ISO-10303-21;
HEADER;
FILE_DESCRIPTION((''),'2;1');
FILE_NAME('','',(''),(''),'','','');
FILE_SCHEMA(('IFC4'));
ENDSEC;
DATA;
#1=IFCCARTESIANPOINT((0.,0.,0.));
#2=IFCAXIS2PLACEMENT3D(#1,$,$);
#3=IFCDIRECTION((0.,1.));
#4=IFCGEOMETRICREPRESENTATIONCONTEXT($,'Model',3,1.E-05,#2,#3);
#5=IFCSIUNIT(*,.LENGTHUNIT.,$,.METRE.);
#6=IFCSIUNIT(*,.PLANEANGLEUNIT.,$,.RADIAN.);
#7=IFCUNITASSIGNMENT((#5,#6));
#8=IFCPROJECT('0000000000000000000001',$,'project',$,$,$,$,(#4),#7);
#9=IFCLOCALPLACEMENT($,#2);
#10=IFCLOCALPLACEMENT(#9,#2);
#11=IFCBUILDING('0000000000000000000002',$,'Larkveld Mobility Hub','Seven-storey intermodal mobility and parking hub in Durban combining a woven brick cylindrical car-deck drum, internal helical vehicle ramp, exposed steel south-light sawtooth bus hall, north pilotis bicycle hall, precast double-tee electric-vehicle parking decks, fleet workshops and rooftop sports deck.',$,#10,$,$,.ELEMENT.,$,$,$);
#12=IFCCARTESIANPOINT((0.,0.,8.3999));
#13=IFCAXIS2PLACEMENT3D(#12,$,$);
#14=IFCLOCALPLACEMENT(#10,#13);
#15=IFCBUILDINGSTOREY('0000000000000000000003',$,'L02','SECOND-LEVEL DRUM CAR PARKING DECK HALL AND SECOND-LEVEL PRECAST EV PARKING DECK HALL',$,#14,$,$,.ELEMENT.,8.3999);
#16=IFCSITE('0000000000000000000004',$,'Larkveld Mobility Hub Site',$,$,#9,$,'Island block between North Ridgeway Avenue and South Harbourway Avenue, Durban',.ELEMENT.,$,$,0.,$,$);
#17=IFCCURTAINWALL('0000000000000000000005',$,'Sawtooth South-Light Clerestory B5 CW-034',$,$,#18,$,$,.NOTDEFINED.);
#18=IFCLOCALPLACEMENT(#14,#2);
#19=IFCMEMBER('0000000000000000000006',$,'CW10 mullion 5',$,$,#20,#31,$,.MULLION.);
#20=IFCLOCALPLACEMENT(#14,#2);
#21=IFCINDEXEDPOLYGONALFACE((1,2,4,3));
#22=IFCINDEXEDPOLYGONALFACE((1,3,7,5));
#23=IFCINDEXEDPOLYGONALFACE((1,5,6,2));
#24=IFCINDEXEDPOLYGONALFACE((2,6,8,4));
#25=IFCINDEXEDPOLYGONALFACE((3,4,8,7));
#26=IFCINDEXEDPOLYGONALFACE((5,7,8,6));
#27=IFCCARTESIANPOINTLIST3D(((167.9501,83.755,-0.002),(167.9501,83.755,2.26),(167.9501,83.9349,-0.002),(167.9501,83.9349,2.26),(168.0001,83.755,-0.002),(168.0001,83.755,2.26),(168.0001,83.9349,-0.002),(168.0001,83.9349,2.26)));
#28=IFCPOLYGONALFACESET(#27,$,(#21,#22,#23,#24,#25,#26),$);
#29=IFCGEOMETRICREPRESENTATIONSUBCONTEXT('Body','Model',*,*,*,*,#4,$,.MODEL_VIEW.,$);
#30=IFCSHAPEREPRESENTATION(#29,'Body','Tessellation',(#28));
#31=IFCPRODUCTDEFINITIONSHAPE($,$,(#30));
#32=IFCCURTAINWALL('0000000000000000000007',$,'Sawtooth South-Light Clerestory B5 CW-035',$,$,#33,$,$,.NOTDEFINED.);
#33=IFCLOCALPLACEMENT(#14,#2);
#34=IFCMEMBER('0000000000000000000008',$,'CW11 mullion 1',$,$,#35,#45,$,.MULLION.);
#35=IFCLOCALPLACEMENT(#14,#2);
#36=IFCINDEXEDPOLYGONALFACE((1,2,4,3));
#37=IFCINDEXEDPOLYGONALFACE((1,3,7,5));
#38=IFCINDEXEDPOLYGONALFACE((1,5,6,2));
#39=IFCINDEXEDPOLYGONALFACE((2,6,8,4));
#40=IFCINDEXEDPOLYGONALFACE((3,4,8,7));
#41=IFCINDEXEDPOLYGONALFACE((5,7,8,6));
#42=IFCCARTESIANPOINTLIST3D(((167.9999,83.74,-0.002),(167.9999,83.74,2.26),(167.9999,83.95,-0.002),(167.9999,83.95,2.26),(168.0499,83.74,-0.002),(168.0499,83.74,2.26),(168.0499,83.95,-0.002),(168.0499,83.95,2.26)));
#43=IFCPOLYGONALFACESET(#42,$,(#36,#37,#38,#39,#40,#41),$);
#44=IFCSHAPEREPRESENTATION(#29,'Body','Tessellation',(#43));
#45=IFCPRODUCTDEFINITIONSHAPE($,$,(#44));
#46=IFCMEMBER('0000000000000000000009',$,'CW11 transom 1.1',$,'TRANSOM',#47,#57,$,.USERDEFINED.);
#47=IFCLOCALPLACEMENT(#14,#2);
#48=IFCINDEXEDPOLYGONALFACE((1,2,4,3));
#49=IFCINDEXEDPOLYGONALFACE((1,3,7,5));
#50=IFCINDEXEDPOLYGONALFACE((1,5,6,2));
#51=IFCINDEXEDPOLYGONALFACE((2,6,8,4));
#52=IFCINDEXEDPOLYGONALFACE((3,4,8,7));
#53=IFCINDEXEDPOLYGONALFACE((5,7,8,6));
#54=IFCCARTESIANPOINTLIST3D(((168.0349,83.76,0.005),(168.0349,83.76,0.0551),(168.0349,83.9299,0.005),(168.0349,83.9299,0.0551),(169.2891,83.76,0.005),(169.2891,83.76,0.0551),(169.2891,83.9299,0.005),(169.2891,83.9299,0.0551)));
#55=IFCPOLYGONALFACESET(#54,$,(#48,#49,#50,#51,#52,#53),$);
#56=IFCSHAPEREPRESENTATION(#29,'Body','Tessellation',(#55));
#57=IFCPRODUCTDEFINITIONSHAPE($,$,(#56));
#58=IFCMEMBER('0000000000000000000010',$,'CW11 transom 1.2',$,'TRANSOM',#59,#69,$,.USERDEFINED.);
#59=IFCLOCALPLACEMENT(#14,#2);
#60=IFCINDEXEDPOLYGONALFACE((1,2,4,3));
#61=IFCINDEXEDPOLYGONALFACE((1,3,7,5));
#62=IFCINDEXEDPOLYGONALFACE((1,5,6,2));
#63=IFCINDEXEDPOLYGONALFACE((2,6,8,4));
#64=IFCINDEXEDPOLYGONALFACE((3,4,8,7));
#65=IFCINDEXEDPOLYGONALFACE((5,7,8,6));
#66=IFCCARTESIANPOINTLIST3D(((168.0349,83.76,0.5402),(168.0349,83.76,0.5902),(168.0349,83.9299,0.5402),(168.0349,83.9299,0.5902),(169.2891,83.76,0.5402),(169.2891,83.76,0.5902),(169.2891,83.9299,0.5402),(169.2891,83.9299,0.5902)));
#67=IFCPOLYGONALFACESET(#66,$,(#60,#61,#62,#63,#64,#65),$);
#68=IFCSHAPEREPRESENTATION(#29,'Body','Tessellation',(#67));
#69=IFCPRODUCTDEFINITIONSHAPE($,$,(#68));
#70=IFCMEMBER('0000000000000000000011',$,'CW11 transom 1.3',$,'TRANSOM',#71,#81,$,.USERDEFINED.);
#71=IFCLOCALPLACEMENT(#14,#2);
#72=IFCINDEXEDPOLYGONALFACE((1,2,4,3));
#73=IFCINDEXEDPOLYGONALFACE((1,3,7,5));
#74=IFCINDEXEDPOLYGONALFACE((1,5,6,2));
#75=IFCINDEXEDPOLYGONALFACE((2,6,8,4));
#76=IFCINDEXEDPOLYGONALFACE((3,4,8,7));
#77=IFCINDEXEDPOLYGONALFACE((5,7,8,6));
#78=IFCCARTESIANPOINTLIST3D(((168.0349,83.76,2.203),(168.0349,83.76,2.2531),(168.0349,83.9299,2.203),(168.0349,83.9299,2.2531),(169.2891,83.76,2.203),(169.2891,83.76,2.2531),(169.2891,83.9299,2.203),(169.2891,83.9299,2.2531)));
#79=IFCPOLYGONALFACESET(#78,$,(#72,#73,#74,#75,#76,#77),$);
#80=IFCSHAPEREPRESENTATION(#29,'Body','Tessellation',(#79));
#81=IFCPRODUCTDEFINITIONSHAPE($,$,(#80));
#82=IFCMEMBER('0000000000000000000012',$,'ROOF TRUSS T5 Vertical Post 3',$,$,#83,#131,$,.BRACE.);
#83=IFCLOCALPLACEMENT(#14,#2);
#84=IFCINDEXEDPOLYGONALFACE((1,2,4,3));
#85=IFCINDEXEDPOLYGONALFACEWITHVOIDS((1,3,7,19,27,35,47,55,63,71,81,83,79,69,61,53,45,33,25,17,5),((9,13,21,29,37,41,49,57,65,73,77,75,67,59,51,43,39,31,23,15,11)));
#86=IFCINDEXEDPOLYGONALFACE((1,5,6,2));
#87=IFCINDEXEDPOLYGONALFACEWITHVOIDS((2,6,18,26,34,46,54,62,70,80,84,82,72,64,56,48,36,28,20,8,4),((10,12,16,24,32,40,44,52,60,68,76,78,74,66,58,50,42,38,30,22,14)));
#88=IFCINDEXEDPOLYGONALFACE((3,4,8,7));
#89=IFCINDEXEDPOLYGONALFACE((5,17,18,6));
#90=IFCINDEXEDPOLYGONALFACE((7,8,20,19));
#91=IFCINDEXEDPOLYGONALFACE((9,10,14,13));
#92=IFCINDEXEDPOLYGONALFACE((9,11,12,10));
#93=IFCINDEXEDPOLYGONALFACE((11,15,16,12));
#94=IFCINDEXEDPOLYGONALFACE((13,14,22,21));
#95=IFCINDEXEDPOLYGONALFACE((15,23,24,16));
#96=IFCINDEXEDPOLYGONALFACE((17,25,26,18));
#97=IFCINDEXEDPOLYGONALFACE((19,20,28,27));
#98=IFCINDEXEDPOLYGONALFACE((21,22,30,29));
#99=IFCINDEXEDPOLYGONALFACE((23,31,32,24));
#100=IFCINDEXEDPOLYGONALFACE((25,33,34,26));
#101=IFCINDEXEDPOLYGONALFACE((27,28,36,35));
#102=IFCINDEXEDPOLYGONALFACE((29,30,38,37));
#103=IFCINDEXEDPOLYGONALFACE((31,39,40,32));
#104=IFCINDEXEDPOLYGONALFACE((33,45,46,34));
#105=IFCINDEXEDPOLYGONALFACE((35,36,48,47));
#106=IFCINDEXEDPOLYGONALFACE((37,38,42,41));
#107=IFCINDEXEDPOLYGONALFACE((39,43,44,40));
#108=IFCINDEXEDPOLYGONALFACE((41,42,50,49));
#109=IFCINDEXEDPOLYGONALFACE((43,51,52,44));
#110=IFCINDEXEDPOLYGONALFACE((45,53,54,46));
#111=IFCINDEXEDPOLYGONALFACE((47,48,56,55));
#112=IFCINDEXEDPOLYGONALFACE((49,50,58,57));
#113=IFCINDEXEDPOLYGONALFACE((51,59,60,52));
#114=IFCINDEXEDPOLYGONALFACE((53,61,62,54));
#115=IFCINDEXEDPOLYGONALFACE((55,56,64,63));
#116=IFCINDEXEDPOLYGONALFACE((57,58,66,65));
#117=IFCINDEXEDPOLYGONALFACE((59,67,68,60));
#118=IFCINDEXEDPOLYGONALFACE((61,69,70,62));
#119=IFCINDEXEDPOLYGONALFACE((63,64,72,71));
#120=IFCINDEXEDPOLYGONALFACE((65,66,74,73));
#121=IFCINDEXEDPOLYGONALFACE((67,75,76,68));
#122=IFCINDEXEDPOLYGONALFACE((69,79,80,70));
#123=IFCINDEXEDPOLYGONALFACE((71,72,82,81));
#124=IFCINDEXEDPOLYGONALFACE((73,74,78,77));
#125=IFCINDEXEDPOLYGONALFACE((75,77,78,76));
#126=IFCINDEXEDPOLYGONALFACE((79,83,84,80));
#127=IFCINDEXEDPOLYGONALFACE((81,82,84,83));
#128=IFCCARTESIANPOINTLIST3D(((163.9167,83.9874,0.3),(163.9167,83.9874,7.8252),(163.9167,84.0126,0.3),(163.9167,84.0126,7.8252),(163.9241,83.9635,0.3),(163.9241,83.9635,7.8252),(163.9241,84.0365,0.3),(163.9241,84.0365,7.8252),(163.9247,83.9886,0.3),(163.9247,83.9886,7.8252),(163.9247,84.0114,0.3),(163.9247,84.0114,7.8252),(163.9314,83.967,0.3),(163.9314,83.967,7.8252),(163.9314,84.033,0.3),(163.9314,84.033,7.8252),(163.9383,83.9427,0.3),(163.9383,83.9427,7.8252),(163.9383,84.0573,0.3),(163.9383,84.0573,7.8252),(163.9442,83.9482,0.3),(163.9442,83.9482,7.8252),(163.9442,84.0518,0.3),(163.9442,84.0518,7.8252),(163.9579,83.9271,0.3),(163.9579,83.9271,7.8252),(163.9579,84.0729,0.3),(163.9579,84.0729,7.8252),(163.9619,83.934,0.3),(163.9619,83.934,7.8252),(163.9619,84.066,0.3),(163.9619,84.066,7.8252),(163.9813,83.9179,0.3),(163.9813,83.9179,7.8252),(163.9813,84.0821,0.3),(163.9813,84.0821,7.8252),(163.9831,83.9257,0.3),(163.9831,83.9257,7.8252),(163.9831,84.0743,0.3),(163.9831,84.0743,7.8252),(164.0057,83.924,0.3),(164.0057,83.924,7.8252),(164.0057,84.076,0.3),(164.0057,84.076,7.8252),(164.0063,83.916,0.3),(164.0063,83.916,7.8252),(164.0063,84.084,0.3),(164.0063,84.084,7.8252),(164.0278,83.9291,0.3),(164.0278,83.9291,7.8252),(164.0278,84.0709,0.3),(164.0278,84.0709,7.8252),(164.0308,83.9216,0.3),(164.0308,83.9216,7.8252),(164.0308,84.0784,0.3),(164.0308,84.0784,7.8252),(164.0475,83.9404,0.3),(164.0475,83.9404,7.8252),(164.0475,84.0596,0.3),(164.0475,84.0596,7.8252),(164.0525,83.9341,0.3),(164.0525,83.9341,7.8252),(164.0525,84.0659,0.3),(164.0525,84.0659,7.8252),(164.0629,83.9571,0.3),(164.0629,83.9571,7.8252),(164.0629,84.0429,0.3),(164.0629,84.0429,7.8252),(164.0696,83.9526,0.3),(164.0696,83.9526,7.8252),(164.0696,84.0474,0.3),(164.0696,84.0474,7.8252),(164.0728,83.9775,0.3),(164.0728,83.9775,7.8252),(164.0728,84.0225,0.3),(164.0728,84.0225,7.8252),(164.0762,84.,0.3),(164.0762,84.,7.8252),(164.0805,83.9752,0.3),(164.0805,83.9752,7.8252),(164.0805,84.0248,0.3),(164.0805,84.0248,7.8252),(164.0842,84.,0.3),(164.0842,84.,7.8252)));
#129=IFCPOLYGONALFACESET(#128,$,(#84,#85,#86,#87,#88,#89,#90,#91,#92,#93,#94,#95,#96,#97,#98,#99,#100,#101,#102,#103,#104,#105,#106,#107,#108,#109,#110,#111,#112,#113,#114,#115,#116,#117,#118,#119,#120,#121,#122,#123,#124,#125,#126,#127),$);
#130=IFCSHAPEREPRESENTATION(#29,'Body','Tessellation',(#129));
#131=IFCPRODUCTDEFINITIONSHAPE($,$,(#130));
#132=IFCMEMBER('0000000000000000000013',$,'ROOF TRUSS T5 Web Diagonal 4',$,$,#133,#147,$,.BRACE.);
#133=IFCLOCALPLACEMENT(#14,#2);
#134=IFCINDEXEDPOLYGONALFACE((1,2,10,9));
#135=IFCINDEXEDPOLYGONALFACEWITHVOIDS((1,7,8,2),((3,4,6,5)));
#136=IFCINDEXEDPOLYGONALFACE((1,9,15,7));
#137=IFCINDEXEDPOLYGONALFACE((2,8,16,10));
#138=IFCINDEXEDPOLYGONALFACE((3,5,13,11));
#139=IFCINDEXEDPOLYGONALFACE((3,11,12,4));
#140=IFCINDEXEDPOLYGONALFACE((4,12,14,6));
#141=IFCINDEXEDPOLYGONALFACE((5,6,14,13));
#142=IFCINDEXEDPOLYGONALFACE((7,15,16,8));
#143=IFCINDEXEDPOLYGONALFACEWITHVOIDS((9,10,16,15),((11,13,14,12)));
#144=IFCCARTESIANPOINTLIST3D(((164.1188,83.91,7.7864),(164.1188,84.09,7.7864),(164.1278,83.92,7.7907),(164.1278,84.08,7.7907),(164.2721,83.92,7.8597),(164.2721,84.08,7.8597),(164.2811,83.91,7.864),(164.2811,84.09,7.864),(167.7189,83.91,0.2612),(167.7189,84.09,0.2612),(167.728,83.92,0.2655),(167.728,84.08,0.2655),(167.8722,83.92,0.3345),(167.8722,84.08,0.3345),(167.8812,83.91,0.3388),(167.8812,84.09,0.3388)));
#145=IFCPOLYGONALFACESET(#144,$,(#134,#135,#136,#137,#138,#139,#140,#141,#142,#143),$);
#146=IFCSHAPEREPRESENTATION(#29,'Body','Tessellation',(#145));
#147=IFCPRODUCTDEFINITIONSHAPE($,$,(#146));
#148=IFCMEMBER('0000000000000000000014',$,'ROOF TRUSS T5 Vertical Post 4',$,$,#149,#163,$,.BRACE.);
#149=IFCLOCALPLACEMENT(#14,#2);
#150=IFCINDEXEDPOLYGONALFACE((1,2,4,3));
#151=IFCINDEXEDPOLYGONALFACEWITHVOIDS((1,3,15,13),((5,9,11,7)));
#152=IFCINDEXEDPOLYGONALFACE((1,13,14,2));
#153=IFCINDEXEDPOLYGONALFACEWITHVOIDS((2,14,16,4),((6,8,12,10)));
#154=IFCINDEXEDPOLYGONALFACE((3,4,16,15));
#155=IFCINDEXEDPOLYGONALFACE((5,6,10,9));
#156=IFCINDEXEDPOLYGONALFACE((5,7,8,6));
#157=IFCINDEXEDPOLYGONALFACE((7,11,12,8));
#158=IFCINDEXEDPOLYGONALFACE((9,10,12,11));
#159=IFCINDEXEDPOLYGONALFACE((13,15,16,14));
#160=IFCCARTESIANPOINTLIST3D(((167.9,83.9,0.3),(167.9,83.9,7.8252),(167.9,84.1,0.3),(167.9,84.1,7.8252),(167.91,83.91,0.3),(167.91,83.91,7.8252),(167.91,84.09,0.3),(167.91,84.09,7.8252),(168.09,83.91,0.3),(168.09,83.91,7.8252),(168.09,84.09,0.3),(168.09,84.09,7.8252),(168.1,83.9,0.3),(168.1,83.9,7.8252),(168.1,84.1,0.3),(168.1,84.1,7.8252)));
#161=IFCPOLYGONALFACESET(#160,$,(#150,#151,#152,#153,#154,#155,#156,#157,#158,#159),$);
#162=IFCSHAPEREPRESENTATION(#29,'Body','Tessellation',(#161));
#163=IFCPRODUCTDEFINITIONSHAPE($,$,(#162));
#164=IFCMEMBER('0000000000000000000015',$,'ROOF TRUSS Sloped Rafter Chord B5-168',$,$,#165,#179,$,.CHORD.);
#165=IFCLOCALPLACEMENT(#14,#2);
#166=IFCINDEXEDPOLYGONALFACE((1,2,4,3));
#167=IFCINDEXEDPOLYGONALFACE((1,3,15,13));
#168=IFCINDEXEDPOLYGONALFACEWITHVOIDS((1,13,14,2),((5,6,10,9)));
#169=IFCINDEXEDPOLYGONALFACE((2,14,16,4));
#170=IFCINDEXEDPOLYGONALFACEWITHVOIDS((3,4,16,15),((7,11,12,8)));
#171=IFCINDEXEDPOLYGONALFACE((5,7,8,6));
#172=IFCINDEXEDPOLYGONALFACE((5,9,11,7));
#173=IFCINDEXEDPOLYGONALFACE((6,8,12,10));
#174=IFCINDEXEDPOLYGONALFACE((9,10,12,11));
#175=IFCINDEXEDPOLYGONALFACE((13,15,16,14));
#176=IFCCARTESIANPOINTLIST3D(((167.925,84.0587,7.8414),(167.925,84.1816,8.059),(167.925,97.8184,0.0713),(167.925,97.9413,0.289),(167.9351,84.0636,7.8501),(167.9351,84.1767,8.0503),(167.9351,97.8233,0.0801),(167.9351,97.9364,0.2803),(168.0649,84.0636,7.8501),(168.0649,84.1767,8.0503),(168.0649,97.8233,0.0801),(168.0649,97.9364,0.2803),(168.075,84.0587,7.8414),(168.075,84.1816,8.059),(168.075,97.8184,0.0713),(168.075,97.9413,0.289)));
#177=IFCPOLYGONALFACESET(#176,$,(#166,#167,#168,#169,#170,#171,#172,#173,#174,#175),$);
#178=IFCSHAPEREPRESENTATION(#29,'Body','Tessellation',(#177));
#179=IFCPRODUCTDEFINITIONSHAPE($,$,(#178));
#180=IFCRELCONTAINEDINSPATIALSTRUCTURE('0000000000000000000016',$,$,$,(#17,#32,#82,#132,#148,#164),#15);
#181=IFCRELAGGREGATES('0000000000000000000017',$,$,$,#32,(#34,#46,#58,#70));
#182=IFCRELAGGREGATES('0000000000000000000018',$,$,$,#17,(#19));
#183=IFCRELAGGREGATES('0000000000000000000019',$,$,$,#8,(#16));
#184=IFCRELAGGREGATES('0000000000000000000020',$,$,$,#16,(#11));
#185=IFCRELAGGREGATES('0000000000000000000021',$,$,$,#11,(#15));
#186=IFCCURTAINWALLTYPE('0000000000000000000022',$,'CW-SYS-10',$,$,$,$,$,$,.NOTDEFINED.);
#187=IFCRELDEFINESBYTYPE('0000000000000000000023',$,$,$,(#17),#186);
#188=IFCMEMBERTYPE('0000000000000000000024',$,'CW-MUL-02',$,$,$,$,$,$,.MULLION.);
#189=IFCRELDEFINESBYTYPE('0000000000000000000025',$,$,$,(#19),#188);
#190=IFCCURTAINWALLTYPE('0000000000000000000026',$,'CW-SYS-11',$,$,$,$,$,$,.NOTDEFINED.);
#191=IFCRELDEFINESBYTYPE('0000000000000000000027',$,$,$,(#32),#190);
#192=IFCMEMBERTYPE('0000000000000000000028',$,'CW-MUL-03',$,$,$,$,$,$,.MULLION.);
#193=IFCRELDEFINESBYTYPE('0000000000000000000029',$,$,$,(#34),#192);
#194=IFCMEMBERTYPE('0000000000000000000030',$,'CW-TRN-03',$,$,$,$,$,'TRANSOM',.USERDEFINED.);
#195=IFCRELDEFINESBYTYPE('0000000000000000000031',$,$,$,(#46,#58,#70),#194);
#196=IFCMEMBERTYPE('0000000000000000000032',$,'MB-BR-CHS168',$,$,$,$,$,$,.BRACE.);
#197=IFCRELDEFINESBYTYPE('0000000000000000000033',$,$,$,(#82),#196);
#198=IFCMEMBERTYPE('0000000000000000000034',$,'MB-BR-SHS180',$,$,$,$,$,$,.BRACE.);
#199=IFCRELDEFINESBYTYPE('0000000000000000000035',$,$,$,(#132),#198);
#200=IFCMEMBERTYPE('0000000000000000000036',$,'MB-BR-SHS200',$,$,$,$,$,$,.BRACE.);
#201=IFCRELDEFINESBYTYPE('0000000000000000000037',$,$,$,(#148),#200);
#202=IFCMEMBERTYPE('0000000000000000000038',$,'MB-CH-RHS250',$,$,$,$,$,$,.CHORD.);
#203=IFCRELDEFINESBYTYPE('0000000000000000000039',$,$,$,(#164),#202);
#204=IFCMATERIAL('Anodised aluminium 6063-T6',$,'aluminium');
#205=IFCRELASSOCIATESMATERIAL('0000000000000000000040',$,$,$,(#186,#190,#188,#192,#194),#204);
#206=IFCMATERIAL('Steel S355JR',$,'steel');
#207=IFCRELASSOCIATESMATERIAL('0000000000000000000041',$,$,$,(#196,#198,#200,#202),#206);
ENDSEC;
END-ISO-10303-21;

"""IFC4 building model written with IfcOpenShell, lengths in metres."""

from ifc_helpers import new_model, si_unit, direction, frame, origin, origin_2d, place, context, subcontext, project, spatial, rectangle, hollow_rectangle, hollow_circle, extrude, material, material_profile, profile_set, type_object, element, aggregate, save


model = new_model("IFC4")

# Units and contexts
model_context = context("Model", 3, precision=1e-05, world=origin(), true_north=direction((0.0, 1.0)))
body_context = subcontext(model_context, "Body", "Model", "MODEL_VIEW")
ifc_project = project(units=[si_unit("LENGTHUNIT", "METRE"), si_unit("PLANEANGLEUNIT", "RADIAN")], contexts=[model_context])

# Site, building, storey
site_placement = place(None, origin())
site = spatial("IfcSite", under=ifc_project, at=site_placement, Name="Larkveld Mobility Hub Site", LongName="Island block between North Ridgeway Avenue and South Harbourway Avenue, Durban", CompositionType="ELEMENT", RefElevation=0.0)
building_placement = place(site_placement, origin())
building = spatial("IfcBuilding", under=site, at=building_placement, Name="Larkveld Mobility Hub", Description="Seven-storey intermodal mobility and parking hub in Durban combining a woven brick cylindrical car-deck drum, internal helical vehicle ramp, exposed steel south-light sawtooth bus hall, north pilotis bicycle hall, precast double-tee electric-vehicle parking decks, fleet workshops and rooftop sports deck.", CompositionType="ELEMENT")
storey_placement = place(building_placement, frame((0.0, 0.0, 8.3999)))
storey = spatial("IfcBuildingStorey", under=building, at=storey_placement, Name="L02", Description="SECOND-LEVEL DRUM CAR PARKING DECK HALL AND SECOND-LEVEL PRECAST EV PARKING DECK HALL", CompositionType="ELEMENT", Elevation=8.3999)

# Curtain wall, member
ifc_material_1 = material(Name="Anodised aluminium 6063-T6", Category="aluminium")
curtain_wall_type_1 = type_object("IfcCurtainWallType", Name="CW-SYS-10", PredefinedType="NOTDEFINED", material=ifc_material_1)
curtain_wall_1_placement = place(storey_placement, origin())
curtain_wall_1 = element("IfcCurtainWall", 1, at=curtain_wall_1_placement, inside=storey, type_object=curtain_wall_type_1, Name="Sawtooth South-Light Clerestory B5 CW-034", PredefinedType="NOTDEFINED")
ifc_material_profile_1 = material_profile(ifc_material_1, rectangle(XDim=0.05, YDim=0.1799, at=origin_2d()), Name="ALU MULL 50x180")
ifc_profile_set_1 = profile_set([ifc_material_profile_1], Name="Anodised aluminium 6063-T6")
member_type_1 = type_object("IfcMemberType", Name="CW-MUL-02", PredefinedType="MULLION", material=ifc_profile_set_1)
member_1_placement = place(storey_placement, frame((167.9751, 83.845, -0.002), z_axis=(0.0, 0.0, 1.0), x_axis=(1.0, 0.0, 0.0)))
member_1 = element("IfcMember", 2, at=member_1_placement, type_object=member_type_1, Name="CW10 mullion 5", PredefinedType="MULLION", context=body_context, shape_type="SweptSolid", body=[
    extrude(rectangle(XDim=0.05, YDim=0.1799, at=origin_2d()), origin(), (0.0, 0.0, 1.0), 2.262),
])

# Curtain wall, members
curtain_wall_type_2 = type_object("IfcCurtainWallType", Name="CW-SYS-11", PredefinedType="NOTDEFINED", material=ifc_material_1)
curtain_wall_2_placement = place(storey_placement, origin())
curtain_wall_2 = element("IfcCurtainWall", 3, at=curtain_wall_2_placement, inside=storey, type_object=curtain_wall_type_2, Name="Sawtooth South-Light Clerestory B5 CW-035", PredefinedType="NOTDEFINED")
ifc_material_profile_2 = material_profile(ifc_material_1, rectangle(XDim=0.05, YDim=0.21, at=origin_2d()), Name="ALU MULL 50x210")
ifc_profile_set_2 = profile_set([ifc_material_profile_2], Name="Anodised aluminium 6063-T6")
member_type_2 = type_object("IfcMemberType", Name="CW-MUL-03", PredefinedType="MULLION", material=ifc_profile_set_2)
member_2_placement = place(storey_placement, frame((168.0249, 83.845, -0.002), z_axis=(0.0, 0.0, 1.0), x_axis=(1.0, 0.0, 0.0)))
member_2 = element("IfcMember", 4, at=member_2_placement, type_object=member_type_2, Name="CW11 mullion 1", PredefinedType="MULLION", context=body_context, shape_type="SweptSolid", body=[
    extrude(rectangle(XDim=0.05, YDim=0.21, at=origin_2d()), origin(), (0.0, 0.0, 1.0), 2.262),
])
ifc_material_profile_3 = material_profile(ifc_material_1, rectangle(XDim=0.1699, YDim=0.05, at=origin_2d()), Name="ALU TRAN 50x170")
ifc_profile_set_3 = profile_set([ifc_material_profile_3], Name="Anodised aluminium 6063-T6")
member_type_3 = type_object("IfcMemberType", Name="CW-TRN-03", ElementType="TRANSOM", PredefinedType="USERDEFINED", material=ifc_profile_set_3)
member_3_placement = place(storey_placement, frame((168.0349, 83.845, 0.03), z_axis=(1.0, 0.0, 0.0), x_axis=(0.0, 1.0, 0.0)))
member_3 = element("IfcMember", 5, at=member_3_placement, type_object=member_type_3, Name="CW11 transom 1.1", ObjectType="TRANSOM", PredefinedType="USERDEFINED", context=body_context, shape_type="SweptSolid", body=[
    extrude(rectangle(XDim=0.1699, YDim=0.05, at=origin_2d()), origin(), (0.0, 0.0, 1.0), 1.2542),
])
member_4_placement = place(storey_placement, frame((168.0349, 83.845, 0.5652), z_axis=(1.0, 0.0, 0.0), x_axis=(0.0, 1.0, 0.0)))
member_4 = element("IfcMember", 6, at=member_4_placement, type_object=member_type_3, Name="CW11 transom 1.2", ObjectType="TRANSOM", PredefinedType="USERDEFINED", context=body_context, shape_type="SweptSolid", body=[
    extrude(rectangle(XDim=0.1699, YDim=0.05, at=origin_2d()), origin(), (0.0, 0.0, 1.0), 1.2542),
])
member_5_placement = place(storey_placement, frame((168.0349, 83.845, 2.228), z_axis=(1.0, 0.0, 0.0), x_axis=(0.0, 1.0, 0.0)))
member_5 = element("IfcMember", 7, at=member_5_placement, type_object=member_type_3, Name="CW11 transom 1.3", ObjectType="TRANSOM", PredefinedType="USERDEFINED", context=body_context, shape_type="SweptSolid", body=[
    extrude(rectangle(XDim=0.1699, YDim=0.05, at=origin_2d()), origin(), (0.0, 0.0, 1.0), 1.2542),
])
aggregate(curtain_wall_2, [member_2, member_3, member_4, member_5])

# Members
ifc_material_2 = material(Name="Steel S355JR", Category="steel")
ifc_material_profile_4 = material_profile(ifc_material_2, hollow_circle(Radius=0.0842, WallThickness=0.0081, at=origin_2d()), Name="CHS 168.3x8")
ifc_profile_set_4 = profile_set([ifc_material_profile_4], Name="Steel S355JR")
member_type_4 = type_object("IfcMemberType", Name="MB-BR-CHS168", PredefinedType="BRACE", material=ifc_profile_set_4)
member_6_placement = place(storey_placement, frame((164.0, 84.0, 0.3), z_axis=(0.0, 0.0, 1.0), x_axis=(1.0, 0.0, 0.0)))
element("IfcMember", 8, at=member_6_placement, inside=storey, type_object=member_type_4, Name="ROOF TRUSS T5 Vertical Post 3", PredefinedType="BRACE", context=body_context, shape_type="SweptSolid", body=[
    extrude(hollow_circle(Radius=0.0842, WallThickness=0.0081, at=origin_2d()), origin(), (0.0, 0.0, 1.0), 7.5251),
])
ifc_material_profile_5 = material_profile(ifc_material_2, hollow_rectangle(XDim=0.1799, YDim=0.1799, WallThickness=0.01, at=origin_2d()), Name="SHS 180x180x10")
ifc_profile_set_5 = profile_set([ifc_material_profile_5], Name="Steel S355JR")
member_type_5 = type_object("IfcMemberType", Name="MB-BR-SHS180", PredefinedType="BRACE", material=ifc_profile_set_5)
member_7_placement = place(storey_placement, frame((164.2, 84.0, 7.8252), z_axis=(0.431564, 0.0, -0.902082), x_axis=(0.0, 1.0, 0.0)))
element("IfcMember", 9, at=member_7_placement, inside=storey, type_object=member_type_5, Name="ROOF TRUSS T5 Web Diagonal 4", PredefinedType="BRACE", context=body_context, shape_type="SweptSolid", body=[
    extrude(hollow_rectangle(XDim=0.1799, YDim=0.1799, WallThickness=0.01, at=origin_2d()), origin(), (0.0, 0.0, 1.0), 8.342),
])
ifc_material_profile_6 = material_profile(ifc_material_2, hollow_rectangle(XDim=0.2, YDim=0.2, WallThickness=0.01, at=origin_2d()), Name="SHS 200x200x10")
ifc_profile_set_6 = profile_set([ifc_material_profile_6], Name="Steel S355JR")
member_type_6 = type_object("IfcMemberType", Name="MB-BR-SHS200", PredefinedType="BRACE", material=ifc_profile_set_6)
member_8_placement = place(storey_placement, frame((168.0, 84.0, 0.3), z_axis=(0.0, 0.0, 1.0), x_axis=(1.0, 0.0, 0.0)))
element("IfcMember", 10, at=member_8_placement, inside=storey, type_object=member_type_6, Name="ROOF TRUSS T5 Vertical Post 4", PredefinedType="BRACE", context=body_context, shape_type="SweptSolid", body=[
    extrude(hollow_rectangle(XDim=0.2, YDim=0.2, WallThickness=0.01, at=origin_2d()), origin(), (0.0, 0.0, 1.0), 7.5251),
])
ifc_material_profile_7 = material_profile(ifc_material_2, hollow_rectangle(XDim=0.1499, YDim=0.25, WallThickness=0.01, at=origin_2d()), Name="RHS 250x150x10")
ifc_profile_set_7 = profile_set([ifc_material_profile_7], Name="Steel S355JR")
member_type_7 = type_object("IfcMemberType", Name="MB-CH-RHS250", PredefinedType="CHORD", material=ifc_profile_set_7)
member_9_placement = place(storey_placement, frame((168.0, 84.1201, 7.9502), z_axis=(0.0, 0.870759, -0.49171), x_axis=(-1.0, 0.0, 0.0)))
element("IfcMember", 11, at=member_9_placement, inside=storey, type_object=member_type_7, Name="ROOF TRUSS Sloped Rafter Chord B5-168", PredefinedType="CHORD", context=body_context, shape_type="SweptSolid", body=[
    extrude(hollow_rectangle(XDim=0.1499, YDim=0.25, WallThickness=0.01, at=origin_2d()), origin(), (0.0, 0.0, 1.0), 15.802),
])

aggregate(curtain_wall_1, [member_1])

save(model, "model.ifc")
